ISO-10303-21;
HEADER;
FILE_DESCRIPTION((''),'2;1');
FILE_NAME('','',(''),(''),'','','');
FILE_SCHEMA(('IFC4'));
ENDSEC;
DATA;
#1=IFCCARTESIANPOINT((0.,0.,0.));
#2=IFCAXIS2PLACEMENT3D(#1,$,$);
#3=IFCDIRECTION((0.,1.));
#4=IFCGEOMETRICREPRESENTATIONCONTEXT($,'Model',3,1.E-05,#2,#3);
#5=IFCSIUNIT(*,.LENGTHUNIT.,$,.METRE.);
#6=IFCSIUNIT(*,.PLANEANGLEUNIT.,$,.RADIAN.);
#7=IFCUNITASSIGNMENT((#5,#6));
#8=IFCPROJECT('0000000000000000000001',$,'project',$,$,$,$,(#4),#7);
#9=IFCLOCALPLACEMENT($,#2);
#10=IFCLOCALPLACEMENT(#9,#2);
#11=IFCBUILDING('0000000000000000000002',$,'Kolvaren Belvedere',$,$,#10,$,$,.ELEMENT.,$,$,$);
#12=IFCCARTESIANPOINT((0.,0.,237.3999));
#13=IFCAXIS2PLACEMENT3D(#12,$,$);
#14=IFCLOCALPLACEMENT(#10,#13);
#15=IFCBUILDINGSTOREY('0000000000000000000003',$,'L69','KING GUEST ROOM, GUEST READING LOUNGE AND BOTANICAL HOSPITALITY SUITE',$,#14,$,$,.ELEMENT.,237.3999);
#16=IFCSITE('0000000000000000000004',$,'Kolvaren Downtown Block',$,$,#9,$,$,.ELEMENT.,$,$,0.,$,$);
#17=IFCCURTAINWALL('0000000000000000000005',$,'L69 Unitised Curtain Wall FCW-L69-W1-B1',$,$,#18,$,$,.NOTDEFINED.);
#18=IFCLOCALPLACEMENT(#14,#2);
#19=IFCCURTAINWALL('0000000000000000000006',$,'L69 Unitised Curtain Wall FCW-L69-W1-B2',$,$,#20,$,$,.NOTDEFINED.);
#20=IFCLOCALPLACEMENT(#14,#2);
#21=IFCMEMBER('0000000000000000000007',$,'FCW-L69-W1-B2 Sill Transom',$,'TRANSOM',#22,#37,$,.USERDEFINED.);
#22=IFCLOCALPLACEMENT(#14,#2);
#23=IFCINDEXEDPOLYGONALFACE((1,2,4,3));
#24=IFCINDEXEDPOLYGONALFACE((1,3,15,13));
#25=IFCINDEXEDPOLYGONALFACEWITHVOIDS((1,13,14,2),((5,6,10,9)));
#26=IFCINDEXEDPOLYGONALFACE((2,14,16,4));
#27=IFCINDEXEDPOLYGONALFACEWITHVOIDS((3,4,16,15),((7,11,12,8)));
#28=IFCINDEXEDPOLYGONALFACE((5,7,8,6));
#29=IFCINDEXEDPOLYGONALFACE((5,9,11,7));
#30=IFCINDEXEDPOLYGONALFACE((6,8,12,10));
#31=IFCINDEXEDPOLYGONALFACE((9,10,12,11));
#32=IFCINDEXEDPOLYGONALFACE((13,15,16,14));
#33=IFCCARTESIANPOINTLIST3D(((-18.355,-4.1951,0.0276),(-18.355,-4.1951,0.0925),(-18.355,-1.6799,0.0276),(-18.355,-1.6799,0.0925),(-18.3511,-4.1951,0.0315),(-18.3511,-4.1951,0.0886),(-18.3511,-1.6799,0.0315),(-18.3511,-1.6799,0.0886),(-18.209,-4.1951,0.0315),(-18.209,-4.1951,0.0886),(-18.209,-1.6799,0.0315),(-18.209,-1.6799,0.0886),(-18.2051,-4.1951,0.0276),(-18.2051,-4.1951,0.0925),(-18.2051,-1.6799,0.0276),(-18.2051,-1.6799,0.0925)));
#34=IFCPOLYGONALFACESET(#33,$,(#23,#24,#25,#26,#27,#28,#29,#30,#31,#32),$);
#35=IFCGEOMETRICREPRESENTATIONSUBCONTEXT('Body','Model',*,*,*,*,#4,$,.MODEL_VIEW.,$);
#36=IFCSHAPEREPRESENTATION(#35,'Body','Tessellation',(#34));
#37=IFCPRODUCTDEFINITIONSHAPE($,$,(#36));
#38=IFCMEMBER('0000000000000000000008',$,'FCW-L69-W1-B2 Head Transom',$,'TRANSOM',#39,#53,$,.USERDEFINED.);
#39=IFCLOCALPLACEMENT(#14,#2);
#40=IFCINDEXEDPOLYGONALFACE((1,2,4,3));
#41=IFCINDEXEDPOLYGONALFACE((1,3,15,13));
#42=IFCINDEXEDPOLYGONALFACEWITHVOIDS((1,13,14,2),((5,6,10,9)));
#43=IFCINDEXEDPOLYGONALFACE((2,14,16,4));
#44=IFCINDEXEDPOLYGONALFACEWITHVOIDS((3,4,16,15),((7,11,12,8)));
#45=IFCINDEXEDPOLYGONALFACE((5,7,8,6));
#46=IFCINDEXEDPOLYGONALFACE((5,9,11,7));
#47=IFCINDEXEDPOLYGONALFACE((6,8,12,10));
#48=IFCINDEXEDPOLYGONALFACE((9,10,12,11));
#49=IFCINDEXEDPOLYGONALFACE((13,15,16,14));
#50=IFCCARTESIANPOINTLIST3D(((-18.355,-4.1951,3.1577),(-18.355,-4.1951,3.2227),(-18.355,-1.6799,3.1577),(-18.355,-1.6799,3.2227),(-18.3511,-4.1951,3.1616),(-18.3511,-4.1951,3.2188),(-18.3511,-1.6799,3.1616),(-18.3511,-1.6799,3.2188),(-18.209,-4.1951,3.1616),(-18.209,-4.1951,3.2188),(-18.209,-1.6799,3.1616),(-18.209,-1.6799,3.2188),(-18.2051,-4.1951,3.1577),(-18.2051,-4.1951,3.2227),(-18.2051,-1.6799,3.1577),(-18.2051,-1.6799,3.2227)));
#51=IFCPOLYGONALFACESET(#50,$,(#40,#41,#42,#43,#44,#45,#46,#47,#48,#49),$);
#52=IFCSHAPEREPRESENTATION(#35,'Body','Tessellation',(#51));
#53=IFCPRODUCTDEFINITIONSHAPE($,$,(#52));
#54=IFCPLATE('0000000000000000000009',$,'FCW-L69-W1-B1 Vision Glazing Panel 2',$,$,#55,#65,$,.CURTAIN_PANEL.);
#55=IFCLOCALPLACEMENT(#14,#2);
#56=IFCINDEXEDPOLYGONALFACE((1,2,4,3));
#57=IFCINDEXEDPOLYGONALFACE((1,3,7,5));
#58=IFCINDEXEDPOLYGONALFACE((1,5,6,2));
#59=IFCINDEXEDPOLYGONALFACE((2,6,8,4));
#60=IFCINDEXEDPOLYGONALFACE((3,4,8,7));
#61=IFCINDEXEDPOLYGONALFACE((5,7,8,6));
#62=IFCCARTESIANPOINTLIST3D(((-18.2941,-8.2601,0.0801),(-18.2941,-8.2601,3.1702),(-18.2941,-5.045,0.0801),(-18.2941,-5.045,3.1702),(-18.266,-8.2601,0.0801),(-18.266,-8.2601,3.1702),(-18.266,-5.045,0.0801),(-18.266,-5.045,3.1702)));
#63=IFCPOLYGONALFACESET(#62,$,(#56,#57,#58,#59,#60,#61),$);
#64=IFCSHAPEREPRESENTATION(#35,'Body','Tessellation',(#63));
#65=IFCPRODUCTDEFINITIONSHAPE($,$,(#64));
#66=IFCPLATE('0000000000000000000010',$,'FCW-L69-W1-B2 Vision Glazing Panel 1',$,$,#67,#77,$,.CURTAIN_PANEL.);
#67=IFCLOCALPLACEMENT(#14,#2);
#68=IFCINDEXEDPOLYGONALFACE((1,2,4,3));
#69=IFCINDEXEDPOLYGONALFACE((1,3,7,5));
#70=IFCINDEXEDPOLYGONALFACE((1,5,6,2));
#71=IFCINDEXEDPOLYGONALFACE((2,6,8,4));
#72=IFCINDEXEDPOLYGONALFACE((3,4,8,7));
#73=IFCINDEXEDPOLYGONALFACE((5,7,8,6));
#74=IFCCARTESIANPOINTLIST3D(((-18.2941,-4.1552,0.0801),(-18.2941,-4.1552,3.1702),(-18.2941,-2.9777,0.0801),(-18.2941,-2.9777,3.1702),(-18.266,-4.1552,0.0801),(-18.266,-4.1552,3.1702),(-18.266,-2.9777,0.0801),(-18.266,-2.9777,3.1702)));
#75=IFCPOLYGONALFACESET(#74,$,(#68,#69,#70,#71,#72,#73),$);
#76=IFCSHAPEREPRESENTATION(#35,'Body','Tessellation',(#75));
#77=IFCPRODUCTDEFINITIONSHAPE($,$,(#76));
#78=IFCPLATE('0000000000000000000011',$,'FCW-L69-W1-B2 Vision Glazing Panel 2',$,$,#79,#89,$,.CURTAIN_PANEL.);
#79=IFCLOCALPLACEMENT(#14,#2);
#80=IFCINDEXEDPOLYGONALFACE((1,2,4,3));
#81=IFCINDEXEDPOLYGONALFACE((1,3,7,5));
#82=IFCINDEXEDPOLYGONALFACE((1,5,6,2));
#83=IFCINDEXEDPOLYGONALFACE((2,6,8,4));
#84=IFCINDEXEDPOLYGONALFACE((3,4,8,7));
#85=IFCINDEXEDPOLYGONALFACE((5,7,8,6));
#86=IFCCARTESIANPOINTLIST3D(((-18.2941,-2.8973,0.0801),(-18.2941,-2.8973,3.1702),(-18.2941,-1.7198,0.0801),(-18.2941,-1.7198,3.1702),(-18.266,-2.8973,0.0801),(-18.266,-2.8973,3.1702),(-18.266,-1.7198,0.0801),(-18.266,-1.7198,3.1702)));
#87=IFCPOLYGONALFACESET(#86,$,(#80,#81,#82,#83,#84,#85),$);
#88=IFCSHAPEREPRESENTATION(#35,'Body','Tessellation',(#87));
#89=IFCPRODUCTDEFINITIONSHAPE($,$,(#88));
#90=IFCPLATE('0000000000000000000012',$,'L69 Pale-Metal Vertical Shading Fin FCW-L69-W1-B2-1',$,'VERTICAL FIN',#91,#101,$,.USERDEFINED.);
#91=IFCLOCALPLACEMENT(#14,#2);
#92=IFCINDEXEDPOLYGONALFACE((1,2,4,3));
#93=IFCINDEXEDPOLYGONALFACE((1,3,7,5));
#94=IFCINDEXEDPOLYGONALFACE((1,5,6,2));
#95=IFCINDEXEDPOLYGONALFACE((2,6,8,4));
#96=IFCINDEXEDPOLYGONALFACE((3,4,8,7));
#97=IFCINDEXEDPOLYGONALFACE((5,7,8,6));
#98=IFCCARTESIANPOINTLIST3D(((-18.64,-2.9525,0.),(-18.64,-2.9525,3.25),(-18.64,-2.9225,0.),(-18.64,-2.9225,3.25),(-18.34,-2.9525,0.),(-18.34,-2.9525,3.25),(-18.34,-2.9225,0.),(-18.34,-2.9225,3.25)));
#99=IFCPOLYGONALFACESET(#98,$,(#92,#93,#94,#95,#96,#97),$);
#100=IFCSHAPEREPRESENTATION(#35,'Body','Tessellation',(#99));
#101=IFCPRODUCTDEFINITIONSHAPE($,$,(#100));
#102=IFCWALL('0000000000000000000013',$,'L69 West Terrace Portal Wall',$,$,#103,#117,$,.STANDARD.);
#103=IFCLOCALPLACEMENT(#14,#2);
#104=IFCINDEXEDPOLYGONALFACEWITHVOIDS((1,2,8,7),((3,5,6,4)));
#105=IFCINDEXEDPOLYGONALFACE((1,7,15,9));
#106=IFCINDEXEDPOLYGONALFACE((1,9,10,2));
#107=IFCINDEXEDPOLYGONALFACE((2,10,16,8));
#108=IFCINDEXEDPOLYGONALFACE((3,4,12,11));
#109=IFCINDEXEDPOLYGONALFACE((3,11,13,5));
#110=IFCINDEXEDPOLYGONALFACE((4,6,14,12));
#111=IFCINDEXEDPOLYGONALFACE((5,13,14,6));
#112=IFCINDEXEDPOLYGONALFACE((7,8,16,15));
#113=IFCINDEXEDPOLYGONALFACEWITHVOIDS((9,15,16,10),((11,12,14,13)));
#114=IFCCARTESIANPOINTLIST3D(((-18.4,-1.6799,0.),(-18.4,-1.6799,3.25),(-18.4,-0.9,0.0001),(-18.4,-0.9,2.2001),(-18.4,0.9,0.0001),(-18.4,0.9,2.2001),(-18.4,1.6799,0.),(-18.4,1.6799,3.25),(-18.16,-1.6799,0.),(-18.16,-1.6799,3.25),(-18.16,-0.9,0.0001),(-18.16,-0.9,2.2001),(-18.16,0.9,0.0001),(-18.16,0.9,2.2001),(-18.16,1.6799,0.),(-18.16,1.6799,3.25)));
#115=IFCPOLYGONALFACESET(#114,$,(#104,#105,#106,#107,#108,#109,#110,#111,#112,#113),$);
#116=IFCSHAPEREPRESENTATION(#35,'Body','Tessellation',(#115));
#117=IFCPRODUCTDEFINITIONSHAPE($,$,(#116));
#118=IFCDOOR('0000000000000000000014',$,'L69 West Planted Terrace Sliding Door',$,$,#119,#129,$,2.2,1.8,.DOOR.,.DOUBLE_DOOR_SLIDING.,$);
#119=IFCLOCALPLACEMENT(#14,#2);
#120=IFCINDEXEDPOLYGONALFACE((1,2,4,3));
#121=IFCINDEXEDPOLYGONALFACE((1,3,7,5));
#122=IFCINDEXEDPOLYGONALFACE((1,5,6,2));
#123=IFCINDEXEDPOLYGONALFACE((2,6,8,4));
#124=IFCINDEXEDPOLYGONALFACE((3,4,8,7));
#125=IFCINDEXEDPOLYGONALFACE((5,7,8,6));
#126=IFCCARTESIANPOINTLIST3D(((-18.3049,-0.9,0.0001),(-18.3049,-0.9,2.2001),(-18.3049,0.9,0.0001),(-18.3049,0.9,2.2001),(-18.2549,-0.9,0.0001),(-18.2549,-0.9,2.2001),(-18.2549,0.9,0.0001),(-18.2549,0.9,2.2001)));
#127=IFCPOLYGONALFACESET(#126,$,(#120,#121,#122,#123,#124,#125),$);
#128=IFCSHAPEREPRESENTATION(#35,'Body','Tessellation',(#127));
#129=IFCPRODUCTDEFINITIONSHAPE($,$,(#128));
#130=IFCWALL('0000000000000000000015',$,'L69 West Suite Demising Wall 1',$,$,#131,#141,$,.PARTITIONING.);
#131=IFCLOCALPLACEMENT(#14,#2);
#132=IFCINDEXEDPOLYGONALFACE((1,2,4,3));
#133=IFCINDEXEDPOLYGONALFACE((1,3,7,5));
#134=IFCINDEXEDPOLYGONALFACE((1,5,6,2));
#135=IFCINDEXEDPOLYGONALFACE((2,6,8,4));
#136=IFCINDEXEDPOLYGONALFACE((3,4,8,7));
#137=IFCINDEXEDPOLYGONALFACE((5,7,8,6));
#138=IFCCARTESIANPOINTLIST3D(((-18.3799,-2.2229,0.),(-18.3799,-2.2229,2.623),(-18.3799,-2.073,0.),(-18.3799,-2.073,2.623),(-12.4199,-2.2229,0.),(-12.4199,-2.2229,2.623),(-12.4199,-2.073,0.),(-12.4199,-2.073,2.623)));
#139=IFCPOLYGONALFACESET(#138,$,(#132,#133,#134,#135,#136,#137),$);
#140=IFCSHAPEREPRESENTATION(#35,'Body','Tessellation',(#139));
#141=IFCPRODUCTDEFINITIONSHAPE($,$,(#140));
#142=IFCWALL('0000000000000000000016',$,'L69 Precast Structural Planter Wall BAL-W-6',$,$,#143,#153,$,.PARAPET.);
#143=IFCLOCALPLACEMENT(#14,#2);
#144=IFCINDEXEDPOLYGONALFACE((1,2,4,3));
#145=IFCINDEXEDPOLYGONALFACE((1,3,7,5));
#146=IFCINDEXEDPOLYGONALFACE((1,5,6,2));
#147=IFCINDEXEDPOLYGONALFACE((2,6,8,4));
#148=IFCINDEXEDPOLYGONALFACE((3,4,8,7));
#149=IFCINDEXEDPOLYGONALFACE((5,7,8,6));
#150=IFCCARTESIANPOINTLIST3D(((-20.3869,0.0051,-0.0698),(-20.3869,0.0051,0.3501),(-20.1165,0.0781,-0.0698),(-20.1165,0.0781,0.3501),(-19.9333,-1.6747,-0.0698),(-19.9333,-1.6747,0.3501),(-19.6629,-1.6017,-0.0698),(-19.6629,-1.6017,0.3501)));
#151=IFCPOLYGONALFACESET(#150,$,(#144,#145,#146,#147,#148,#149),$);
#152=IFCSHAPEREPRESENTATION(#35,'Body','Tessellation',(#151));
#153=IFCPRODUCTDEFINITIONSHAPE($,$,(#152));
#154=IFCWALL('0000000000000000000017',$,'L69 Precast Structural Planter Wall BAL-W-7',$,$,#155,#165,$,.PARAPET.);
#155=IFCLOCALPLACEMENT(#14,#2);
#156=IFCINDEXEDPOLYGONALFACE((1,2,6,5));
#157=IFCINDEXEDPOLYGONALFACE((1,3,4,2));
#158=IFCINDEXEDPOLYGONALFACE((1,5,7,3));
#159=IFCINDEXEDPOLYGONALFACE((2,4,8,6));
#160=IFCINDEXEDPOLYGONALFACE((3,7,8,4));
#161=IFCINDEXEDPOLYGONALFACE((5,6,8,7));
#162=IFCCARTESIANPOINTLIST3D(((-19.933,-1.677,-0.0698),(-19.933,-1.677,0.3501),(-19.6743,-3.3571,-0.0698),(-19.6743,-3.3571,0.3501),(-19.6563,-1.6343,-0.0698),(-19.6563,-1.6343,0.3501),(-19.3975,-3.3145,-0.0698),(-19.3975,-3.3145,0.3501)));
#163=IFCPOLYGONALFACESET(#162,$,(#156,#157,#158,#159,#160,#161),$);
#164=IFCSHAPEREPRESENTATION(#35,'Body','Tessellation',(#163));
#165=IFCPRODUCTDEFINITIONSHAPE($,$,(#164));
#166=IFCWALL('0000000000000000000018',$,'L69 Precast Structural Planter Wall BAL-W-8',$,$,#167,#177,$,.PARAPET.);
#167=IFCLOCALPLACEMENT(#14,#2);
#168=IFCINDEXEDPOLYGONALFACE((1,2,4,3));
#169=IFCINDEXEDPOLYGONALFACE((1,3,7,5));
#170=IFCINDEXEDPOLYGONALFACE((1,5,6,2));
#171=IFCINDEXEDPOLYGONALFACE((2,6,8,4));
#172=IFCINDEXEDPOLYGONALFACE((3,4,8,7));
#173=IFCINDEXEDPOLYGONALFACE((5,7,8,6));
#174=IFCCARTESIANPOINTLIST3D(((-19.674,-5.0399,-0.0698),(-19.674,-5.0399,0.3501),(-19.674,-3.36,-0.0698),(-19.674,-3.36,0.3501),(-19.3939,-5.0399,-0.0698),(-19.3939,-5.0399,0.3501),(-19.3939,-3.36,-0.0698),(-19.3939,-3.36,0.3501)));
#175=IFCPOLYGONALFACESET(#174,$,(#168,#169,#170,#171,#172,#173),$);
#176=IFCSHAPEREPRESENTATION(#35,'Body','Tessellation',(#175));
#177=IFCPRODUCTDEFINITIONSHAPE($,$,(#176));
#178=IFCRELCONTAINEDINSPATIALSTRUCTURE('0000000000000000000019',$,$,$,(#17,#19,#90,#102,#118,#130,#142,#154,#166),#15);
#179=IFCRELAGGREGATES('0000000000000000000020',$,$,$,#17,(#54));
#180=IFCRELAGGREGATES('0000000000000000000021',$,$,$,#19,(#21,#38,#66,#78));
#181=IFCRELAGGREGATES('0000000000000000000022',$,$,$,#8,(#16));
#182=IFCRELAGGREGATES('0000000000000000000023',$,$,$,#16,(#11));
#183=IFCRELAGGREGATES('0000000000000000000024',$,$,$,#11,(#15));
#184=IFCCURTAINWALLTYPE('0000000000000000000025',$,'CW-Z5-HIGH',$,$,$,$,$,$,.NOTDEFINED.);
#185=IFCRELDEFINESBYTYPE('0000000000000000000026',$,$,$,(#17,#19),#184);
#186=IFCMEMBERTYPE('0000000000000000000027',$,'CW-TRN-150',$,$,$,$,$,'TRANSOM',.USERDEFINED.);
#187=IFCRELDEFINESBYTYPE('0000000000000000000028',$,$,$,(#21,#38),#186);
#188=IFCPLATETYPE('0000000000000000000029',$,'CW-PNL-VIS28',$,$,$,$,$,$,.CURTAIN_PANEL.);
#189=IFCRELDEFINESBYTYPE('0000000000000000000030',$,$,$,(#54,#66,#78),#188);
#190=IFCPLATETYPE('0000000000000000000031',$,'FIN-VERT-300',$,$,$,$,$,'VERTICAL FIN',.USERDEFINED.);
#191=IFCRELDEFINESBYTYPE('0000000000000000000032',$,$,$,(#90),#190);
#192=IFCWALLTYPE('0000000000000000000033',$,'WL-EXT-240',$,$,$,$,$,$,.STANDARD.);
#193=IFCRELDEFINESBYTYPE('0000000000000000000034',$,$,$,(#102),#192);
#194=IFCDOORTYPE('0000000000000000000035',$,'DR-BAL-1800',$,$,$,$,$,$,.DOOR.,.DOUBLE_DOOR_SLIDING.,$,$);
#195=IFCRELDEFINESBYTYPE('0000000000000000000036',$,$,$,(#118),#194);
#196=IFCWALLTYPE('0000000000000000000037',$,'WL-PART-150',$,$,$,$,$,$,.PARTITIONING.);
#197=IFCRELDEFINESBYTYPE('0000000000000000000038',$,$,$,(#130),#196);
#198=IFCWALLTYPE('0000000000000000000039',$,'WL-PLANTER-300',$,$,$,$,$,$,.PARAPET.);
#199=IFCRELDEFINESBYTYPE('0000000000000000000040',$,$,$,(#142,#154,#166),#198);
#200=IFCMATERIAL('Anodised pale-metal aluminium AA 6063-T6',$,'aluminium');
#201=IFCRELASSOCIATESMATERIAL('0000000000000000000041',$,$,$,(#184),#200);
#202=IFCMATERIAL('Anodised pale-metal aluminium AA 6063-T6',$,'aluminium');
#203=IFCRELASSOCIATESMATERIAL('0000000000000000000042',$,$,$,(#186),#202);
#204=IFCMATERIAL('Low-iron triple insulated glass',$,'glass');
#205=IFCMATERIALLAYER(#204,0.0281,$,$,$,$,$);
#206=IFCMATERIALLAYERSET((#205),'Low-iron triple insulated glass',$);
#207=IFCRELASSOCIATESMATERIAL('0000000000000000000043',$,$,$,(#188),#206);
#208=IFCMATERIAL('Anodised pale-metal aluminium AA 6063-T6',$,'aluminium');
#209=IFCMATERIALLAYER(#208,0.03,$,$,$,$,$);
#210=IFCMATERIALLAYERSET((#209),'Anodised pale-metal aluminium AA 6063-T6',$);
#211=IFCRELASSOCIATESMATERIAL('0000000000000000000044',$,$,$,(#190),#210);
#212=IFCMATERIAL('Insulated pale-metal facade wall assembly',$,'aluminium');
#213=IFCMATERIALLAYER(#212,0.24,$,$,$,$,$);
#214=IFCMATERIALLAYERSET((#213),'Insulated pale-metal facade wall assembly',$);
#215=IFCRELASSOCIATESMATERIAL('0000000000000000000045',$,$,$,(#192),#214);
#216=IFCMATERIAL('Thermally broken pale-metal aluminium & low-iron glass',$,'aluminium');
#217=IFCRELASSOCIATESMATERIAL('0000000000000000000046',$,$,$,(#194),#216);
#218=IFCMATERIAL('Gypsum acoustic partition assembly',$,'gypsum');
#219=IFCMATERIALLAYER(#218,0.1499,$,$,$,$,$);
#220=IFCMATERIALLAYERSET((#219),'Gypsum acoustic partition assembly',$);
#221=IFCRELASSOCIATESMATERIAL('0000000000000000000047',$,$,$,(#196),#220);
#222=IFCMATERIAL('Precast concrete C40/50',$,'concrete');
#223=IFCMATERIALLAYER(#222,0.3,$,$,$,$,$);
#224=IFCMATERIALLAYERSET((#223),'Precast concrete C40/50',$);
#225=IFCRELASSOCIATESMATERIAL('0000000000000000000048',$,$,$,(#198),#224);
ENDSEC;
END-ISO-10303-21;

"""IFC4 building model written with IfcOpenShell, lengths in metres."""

from ifc_helpers import new_model, si_unit, direction, frame, frame_2d, origin, origin_2d, place, context, subcontext, project, spatial, rectangle, hollow_rectangle, extrude, material, layer, layer_set, material_profile, profile_set, type_object, element, fill, aggregate, save


model = new_model("IFC4")

# Units and contexts
model_context = context("Model", 3, precision=1e-05, world=origin(), true_north=direction((0.0, 1.0)))
body_context = subcontext(model_context, "Body", "Model", "MODEL_VIEW")
ifc_project = project(units=[si_unit("LENGTHUNIT", "METRE"), si_unit("PLANEANGLEUNIT", "RADIAN")], contexts=[model_context])

# Site, building, storey
site_placement = place(None, origin())
site = spatial("IfcSite", under=ifc_project, at=site_placement, Name="Kolvaren Downtown Block", CompositionType="ELEMENT", RefElevation=0.0)
building_placement = place(site_placement, origin())
building = spatial("IfcBuilding", under=site, at=building_placement, Name="Kolvaren Belvedere", CompositionType="ELEMENT")
storey_placement = place(building_placement, frame((0.0, 0.0, 237.3999)))
storey = spatial("IfcBuildingStorey", under=building, at=storey_placement, Name="L69", Description="KING GUEST ROOM, GUEST READING LOUNGE AND BOTANICAL HOSPITALITY SUITE", CompositionType="ELEMENT", Elevation=237.3999)

# Curtain wall
ifc_material_1 = material(Name="Anodised pale-metal aluminium AA 6063-T6", Category="aluminium")
curtain_wall_type = type_object("IfcCurtainWallType", Name="CW-Z5-HIGH", PredefinedType="NOTDEFINED", material=ifc_material_1)
curtain_wall_1_placement = place(storey_placement, origin())
curtain_wall_1 = element("IfcCurtainWall", 1, at=curtain_wall_1_placement, inside=storey, type_object=curtain_wall_type, Name="L69 Unitised Curtain Wall FCW-L69-W1-B1", PredefinedType="NOTDEFINED")

# Curtain wall, members
curtain_wall_2_placement = place(storey_placement, origin())
curtain_wall_2 = element("IfcCurtainWall", 2, at=curtain_wall_2_placement, inside=storey, type_object=curtain_wall_type, Name="L69 Unitised Curtain Wall FCW-L69-W1-B2", PredefinedType="NOTDEFINED")
ifc_material_2 = material(Name="Anodised pale-metal aluminium AA 6063-T6", Category="aluminium")
ifc_material_profile_1 = material_profile(ifc_material_2, hollow_rectangle(XDim=0.0649, YDim=0.1499, WallThickness=0.0039, at=origin_2d()), Name="ALU-TRN-150X65")
ifc_profile_set_1 = profile_set([ifc_material_profile_1], Name="Anodised pale-metal aluminium AA 6063-T6")
member_type_1 = type_object("IfcMemberType", Name="CW-TRN-150", ElementType="TRANSOM", PredefinedType="USERDEFINED", material=ifc_profile_set_1)
member_1_placement = place(storey_placement, frame((-18.28, -4.1951, 0.0601), z_axis=(0.0, 1.0, 0.0), x_axis=(0.0, 0.0, 1.0)))
member_1 = element("IfcMember", 3, at=member_1_placement, type_object=member_type_1, Name="FCW-L69-W1-B2 Sill Transom", ObjectType="TRANSOM", PredefinedType="USERDEFINED", context=body_context, shape_type="SweptSolid", body=[
    extrude(hollow_rectangle(XDim=0.0649, YDim=0.1499, WallThickness=0.0039, at=origin_2d()), origin(), (0.0, 0.0, 1.0), 2.5151),
])
member_2_placement = place(storey_placement, frame((-18.28, -4.1951, 3.1902), z_axis=(0.0, 1.0, 0.0), x_axis=(0.0, 0.0, 1.0)))
member_2 = element("IfcMember", 4, at=member_2_placement, type_object=member_type_1, Name="FCW-L69-W1-B2 Head Transom", ObjectType="TRANSOM", PredefinedType="USERDEFINED", context=body_context, shape_type="SweptSolid", body=[
    extrude(hollow_rectangle(XDim=0.0649, YDim=0.1499, WallThickness=0.0039, at=origin_2d()), origin(), (0.0, 0.0, 1.0), 2.5151),
])

# Plates
ifc_material_3 = material(Name="Low-iron triple insulated glass", Category="glass")
ifc_layer_1 = layer(ifc_material_3, 0.0281)
ifc_layer_set_1 = layer_set([ifc_layer_1], Name="Low-iron triple insulated glass")
plate_type_1 = type_object("IfcPlateType", Name="CW-PNL-VIS28", PredefinedType="CURTAIN_PANEL", material=ifc_layer_set_1)
plate_1_placement = place(storey_placement, frame((-18.28, -6.6526, 0.0801), z_axis=(0.0, 0.0, 1.0), x_axis=(0.0, 1.0, 0.0)))
plate_1 = element("IfcPlate", 5, at=plate_1_placement, type_object=plate_type_1, Name="FCW-L69-W1-B1 Vision Glazing Panel 2", PredefinedType="CURTAIN_PANEL", context=body_context, shape_type="SweptSolid", body=[
    extrude(rectangle(XDim=3.2151, YDim=0.0281, at=origin_2d()), origin(), (0.0, 0.0, 1.0), 3.0901),
])
aggregate(curtain_wall_1, [plate_1])
plate_2_placement = place(storey_placement, frame((-18.28, -3.5664, 0.0801), z_axis=(0.0, 0.0, 1.0), x_axis=(0.0, 1.0, 0.0)))
plate_2 = element("IfcPlate", 6, at=plate_2_placement, type_object=plate_type_1, Name="FCW-L69-W1-B2 Vision Glazing Panel 1", PredefinedType="CURTAIN_PANEL", context=body_context, shape_type="SweptSolid", body=[
    extrude(rectangle(XDim=1.1775, YDim=0.0281, at=origin_2d()), origin(), (0.0, 0.0, 1.0), 3.0901),
])
plate_3_placement = place(storey_placement, frame((-18.28, -2.3086, 0.0801), z_axis=(0.0, 0.0, 1.0), x_axis=(0.0, 1.0, 0.0)))
plate_3 = element("IfcPlate", 7, at=plate_3_placement, type_object=plate_type_1, Name="FCW-L69-W1-B2 Vision Glazing Panel 2", PredefinedType="CURTAIN_PANEL", context=body_context, shape_type="SweptSolid", body=[
    extrude(rectangle(XDim=1.1775, YDim=0.0281, at=origin_2d()), origin(), (0.0, 0.0, 1.0), 3.0901),
])
aggregate(curtain_wall_2, [member_1, member_2, plate_2, plate_3])
ifc_material_4 = material(Name="Anodised pale-metal aluminium AA 6063-T6", Category="aluminium")
ifc_layer_2 = layer(ifc_material_4, 0.03)
ifc_layer_set_2 = layer_set([ifc_layer_2], Name="Anodised pale-metal aluminium AA 6063-T6")
plate_type_2 = type_object("IfcPlateType", Name="FIN-VERT-300", ElementType="VERTICAL FIN", PredefinedType="USERDEFINED", material=ifc_layer_set_2)
plate_4_placement = place(storey_placement, frame((-18.49, -2.9375, 0.0), z_axis=(0.0, 0.0, 1.0), x_axis=(1.0, 0.0, 0.0)))
element("IfcPlate", 8, at=plate_4_placement, inside=storey, type_object=plate_type_2, Name="L69 Pale-Metal Vertical Shading Fin FCW-L69-W1-B2-1", ObjectType="VERTICAL FIN", PredefinedType="USERDEFINED", context=body_context, shape_type="SweptSolid", body=[
    extrude(rectangle(XDim=0.3, YDim=0.03, at=origin_2d()), origin(), (0.0, 0.0, 1.0), 3.25),
])

# Wall, opening, door
ifc_material_5 = material(Name="Insulated pale-metal facade wall assembly", Category="aluminium")
ifc_layer_3 = layer(ifc_material_5, 0.24)
ifc_layer_set_3 = layer_set([ifc_layer_3], Name="Insulated pale-metal facade wall assembly")
wall_type_1 = type_object("IfcWallType", Name="WL-EXT-240", PredefinedType="STANDARD", material=ifc_layer_set_3)
wall_1_placement = place(storey_placement, frame((-18.28, -1.6799, 0.0), z_axis=(0.0, 0.0, 1.0), x_axis=(0.0, 1.0, 0.0)))
wall_1 = element("IfcWall", 9, at=wall_1_placement, inside=storey, type_object=wall_type_1, Name="L69 West Terrace Portal Wall", PredefinedType="STANDARD", context=body_context, shape_type="SweptSolid", body=[
    extrude(rectangle(XDim=3.3599, YDim=0.24, at=frame_2d((1.6799, 0.0))), origin(), (0.0, 0.0, 1.0), 3.25),
])
opening_placement = place(wall_1_placement, frame((0.78, 0.0, 0.0)))
opening = element("IfcOpeningElement", 10, at=opening_placement, cuts=wall_1, PredefinedType="OPENING", context=body_context, shape_type="SweptSolid", body=[
    extrude(rectangle(XDim=1.8, YDim=2.2, at=frame_2d((0.8999, 1.1001))), frame((0.0, 0.1299, 0.0), z_axis=(0.0, -1.0, 0.0), x_axis=(1.0, 0.0, 0.0)), (0.0, 0.0, 1.0), 0.26),
])
ifc_material_6 = material(Name="Thermally broken pale-metal aluminium & low-iron glass", Category="aluminium")
door_type = type_object("IfcDoorType", Name="DR-BAL-1800", OperationType="DOUBLE_DOOR_SLIDING", PredefinedType="DOOR", material=ifc_material_6)
door_placement = place(opening_placement, origin())
door = element("IfcDoor", 11, at=door_placement, inside=storey, type_object=door_type, Name="L69 West Planted Terrace Sliding Door", OperationType="DOUBLE_DOOR_SLIDING", OverallHeight=2.2, OverallWidth=1.8, PredefinedType="DOOR", context=body_context, shape_type="SweptSolid", body=[
    extrude(rectangle(XDim=1.8, YDim=2.2, at=frame_2d((0.8999, 1.1001))), frame((0.0, 0.0249, 0.0), z_axis=(0.0, -1.0, 0.0), x_axis=(1.0, 0.0, 0.0)), (0.0, 0.0, 1.0), 0.05),
])
fill(opening, door)

# Walls
ifc_material_7 = material(Name="Gypsum acoustic partition assembly", Category="gypsum")
ifc_layer_4 = layer(ifc_material_7, 0.1499)
ifc_layer_set_4 = layer_set([ifc_layer_4], Name="Gypsum acoustic partition assembly")
wall_type_2 = type_object("IfcWallType", Name="WL-PART-150", PredefinedType="PARTITIONING", material=ifc_layer_set_4)
wall_2_placement = place(storey_placement, frame((-18.3799, -2.1479, 0.0), z_axis=(0.0, 0.0, 1.0), x_axis=(1.0, 0.0, 0.0)))
element("IfcWall", 12, at=wall_2_placement, inside=storey, type_object=wall_type_2, Name="L69 West Suite Demising Wall 1", PredefinedType="PARTITIONING", context=body_context, shape_type="SweptSolid", body=[
    extrude(rectangle(XDim=5.96, YDim=0.1499, at=frame_2d((2.98, 0.0))), origin(), (0.0, 0.0, 1.0), 2.623),
])
ifc_material_8 = material(Name="Precast concrete C40/50", Category="concrete")
ifc_layer_5 = layer(ifc_material_8, 0.3)
ifc_layer_set_5 = layer_set([ifc_layer_5], Name="Precast concrete C40/50")
wall_type_3 = type_object("IfcWallType", Name="WL-PLANTER-300", PredefinedType="PARAPET", material=ifc_layer_set_5)
wall_3_placement = place(storey_placement, frame((-20.2517, 0.0417, -0.0698), z_axis=(0.0, 0.0, 1.0), x_axis=(0.260683, -0.965424, 0.0)))
element("IfcWall", 13, at=wall_3_placement, inside=storey, type_object=wall_type_3, Name="L69 Precast Structural Planter Wall BAL-W-6", PredefinedType="PARAPET", context=body_context, shape_type="SweptSolid", body=[
    extrude(rectangle(XDim=1.74, YDim=0.28, at=frame_2d((0.8701, 0.0))), origin(), (0.0, 0.0, 1.0), 0.4199),
])
wall_4_placement = place(storey_placement, frame((-19.7947, -1.6555, -0.0698), z_axis=(0.0, 0.0, 1.0), x_axis=(0.15223, -0.988345, 0.0)))
element("IfcWall", 14, at=wall_4_placement, inside=storey, type_object=wall_type_3, Name="L69 Precast Structural Planter Wall BAL-W-7", PredefinedType="PARAPET", context=body_context, shape_type="SweptSolid", body=[
    extrude(rectangle(XDim=1.7, YDim=0.28, at=frame_2d((0.8501, 0.0))), origin(), (0.0, 0.0, 1.0), 0.4199),
])
wall_5_placement = place(storey_placement, frame((-19.5339, -3.3601, -0.0698), z_axis=(0.0, 0.0, 1.0), x_axis=(0.0, -1.0, 0.0)))
element("IfcWall", 15, at=wall_5_placement, inside=storey, type_object=wall_type_3, Name="L69 Precast Structural Planter Wall BAL-W-8", PredefinedType="PARAPET", context=body_context, shape_type="SweptSolid", body=[
    extrude(rectangle(XDim=1.6799, YDim=0.28, at=frame_2d((0.8398, 0.0))), origin(), (0.0, 0.0, 1.0), 0.4199),
])

save(model, "model.ifc")
